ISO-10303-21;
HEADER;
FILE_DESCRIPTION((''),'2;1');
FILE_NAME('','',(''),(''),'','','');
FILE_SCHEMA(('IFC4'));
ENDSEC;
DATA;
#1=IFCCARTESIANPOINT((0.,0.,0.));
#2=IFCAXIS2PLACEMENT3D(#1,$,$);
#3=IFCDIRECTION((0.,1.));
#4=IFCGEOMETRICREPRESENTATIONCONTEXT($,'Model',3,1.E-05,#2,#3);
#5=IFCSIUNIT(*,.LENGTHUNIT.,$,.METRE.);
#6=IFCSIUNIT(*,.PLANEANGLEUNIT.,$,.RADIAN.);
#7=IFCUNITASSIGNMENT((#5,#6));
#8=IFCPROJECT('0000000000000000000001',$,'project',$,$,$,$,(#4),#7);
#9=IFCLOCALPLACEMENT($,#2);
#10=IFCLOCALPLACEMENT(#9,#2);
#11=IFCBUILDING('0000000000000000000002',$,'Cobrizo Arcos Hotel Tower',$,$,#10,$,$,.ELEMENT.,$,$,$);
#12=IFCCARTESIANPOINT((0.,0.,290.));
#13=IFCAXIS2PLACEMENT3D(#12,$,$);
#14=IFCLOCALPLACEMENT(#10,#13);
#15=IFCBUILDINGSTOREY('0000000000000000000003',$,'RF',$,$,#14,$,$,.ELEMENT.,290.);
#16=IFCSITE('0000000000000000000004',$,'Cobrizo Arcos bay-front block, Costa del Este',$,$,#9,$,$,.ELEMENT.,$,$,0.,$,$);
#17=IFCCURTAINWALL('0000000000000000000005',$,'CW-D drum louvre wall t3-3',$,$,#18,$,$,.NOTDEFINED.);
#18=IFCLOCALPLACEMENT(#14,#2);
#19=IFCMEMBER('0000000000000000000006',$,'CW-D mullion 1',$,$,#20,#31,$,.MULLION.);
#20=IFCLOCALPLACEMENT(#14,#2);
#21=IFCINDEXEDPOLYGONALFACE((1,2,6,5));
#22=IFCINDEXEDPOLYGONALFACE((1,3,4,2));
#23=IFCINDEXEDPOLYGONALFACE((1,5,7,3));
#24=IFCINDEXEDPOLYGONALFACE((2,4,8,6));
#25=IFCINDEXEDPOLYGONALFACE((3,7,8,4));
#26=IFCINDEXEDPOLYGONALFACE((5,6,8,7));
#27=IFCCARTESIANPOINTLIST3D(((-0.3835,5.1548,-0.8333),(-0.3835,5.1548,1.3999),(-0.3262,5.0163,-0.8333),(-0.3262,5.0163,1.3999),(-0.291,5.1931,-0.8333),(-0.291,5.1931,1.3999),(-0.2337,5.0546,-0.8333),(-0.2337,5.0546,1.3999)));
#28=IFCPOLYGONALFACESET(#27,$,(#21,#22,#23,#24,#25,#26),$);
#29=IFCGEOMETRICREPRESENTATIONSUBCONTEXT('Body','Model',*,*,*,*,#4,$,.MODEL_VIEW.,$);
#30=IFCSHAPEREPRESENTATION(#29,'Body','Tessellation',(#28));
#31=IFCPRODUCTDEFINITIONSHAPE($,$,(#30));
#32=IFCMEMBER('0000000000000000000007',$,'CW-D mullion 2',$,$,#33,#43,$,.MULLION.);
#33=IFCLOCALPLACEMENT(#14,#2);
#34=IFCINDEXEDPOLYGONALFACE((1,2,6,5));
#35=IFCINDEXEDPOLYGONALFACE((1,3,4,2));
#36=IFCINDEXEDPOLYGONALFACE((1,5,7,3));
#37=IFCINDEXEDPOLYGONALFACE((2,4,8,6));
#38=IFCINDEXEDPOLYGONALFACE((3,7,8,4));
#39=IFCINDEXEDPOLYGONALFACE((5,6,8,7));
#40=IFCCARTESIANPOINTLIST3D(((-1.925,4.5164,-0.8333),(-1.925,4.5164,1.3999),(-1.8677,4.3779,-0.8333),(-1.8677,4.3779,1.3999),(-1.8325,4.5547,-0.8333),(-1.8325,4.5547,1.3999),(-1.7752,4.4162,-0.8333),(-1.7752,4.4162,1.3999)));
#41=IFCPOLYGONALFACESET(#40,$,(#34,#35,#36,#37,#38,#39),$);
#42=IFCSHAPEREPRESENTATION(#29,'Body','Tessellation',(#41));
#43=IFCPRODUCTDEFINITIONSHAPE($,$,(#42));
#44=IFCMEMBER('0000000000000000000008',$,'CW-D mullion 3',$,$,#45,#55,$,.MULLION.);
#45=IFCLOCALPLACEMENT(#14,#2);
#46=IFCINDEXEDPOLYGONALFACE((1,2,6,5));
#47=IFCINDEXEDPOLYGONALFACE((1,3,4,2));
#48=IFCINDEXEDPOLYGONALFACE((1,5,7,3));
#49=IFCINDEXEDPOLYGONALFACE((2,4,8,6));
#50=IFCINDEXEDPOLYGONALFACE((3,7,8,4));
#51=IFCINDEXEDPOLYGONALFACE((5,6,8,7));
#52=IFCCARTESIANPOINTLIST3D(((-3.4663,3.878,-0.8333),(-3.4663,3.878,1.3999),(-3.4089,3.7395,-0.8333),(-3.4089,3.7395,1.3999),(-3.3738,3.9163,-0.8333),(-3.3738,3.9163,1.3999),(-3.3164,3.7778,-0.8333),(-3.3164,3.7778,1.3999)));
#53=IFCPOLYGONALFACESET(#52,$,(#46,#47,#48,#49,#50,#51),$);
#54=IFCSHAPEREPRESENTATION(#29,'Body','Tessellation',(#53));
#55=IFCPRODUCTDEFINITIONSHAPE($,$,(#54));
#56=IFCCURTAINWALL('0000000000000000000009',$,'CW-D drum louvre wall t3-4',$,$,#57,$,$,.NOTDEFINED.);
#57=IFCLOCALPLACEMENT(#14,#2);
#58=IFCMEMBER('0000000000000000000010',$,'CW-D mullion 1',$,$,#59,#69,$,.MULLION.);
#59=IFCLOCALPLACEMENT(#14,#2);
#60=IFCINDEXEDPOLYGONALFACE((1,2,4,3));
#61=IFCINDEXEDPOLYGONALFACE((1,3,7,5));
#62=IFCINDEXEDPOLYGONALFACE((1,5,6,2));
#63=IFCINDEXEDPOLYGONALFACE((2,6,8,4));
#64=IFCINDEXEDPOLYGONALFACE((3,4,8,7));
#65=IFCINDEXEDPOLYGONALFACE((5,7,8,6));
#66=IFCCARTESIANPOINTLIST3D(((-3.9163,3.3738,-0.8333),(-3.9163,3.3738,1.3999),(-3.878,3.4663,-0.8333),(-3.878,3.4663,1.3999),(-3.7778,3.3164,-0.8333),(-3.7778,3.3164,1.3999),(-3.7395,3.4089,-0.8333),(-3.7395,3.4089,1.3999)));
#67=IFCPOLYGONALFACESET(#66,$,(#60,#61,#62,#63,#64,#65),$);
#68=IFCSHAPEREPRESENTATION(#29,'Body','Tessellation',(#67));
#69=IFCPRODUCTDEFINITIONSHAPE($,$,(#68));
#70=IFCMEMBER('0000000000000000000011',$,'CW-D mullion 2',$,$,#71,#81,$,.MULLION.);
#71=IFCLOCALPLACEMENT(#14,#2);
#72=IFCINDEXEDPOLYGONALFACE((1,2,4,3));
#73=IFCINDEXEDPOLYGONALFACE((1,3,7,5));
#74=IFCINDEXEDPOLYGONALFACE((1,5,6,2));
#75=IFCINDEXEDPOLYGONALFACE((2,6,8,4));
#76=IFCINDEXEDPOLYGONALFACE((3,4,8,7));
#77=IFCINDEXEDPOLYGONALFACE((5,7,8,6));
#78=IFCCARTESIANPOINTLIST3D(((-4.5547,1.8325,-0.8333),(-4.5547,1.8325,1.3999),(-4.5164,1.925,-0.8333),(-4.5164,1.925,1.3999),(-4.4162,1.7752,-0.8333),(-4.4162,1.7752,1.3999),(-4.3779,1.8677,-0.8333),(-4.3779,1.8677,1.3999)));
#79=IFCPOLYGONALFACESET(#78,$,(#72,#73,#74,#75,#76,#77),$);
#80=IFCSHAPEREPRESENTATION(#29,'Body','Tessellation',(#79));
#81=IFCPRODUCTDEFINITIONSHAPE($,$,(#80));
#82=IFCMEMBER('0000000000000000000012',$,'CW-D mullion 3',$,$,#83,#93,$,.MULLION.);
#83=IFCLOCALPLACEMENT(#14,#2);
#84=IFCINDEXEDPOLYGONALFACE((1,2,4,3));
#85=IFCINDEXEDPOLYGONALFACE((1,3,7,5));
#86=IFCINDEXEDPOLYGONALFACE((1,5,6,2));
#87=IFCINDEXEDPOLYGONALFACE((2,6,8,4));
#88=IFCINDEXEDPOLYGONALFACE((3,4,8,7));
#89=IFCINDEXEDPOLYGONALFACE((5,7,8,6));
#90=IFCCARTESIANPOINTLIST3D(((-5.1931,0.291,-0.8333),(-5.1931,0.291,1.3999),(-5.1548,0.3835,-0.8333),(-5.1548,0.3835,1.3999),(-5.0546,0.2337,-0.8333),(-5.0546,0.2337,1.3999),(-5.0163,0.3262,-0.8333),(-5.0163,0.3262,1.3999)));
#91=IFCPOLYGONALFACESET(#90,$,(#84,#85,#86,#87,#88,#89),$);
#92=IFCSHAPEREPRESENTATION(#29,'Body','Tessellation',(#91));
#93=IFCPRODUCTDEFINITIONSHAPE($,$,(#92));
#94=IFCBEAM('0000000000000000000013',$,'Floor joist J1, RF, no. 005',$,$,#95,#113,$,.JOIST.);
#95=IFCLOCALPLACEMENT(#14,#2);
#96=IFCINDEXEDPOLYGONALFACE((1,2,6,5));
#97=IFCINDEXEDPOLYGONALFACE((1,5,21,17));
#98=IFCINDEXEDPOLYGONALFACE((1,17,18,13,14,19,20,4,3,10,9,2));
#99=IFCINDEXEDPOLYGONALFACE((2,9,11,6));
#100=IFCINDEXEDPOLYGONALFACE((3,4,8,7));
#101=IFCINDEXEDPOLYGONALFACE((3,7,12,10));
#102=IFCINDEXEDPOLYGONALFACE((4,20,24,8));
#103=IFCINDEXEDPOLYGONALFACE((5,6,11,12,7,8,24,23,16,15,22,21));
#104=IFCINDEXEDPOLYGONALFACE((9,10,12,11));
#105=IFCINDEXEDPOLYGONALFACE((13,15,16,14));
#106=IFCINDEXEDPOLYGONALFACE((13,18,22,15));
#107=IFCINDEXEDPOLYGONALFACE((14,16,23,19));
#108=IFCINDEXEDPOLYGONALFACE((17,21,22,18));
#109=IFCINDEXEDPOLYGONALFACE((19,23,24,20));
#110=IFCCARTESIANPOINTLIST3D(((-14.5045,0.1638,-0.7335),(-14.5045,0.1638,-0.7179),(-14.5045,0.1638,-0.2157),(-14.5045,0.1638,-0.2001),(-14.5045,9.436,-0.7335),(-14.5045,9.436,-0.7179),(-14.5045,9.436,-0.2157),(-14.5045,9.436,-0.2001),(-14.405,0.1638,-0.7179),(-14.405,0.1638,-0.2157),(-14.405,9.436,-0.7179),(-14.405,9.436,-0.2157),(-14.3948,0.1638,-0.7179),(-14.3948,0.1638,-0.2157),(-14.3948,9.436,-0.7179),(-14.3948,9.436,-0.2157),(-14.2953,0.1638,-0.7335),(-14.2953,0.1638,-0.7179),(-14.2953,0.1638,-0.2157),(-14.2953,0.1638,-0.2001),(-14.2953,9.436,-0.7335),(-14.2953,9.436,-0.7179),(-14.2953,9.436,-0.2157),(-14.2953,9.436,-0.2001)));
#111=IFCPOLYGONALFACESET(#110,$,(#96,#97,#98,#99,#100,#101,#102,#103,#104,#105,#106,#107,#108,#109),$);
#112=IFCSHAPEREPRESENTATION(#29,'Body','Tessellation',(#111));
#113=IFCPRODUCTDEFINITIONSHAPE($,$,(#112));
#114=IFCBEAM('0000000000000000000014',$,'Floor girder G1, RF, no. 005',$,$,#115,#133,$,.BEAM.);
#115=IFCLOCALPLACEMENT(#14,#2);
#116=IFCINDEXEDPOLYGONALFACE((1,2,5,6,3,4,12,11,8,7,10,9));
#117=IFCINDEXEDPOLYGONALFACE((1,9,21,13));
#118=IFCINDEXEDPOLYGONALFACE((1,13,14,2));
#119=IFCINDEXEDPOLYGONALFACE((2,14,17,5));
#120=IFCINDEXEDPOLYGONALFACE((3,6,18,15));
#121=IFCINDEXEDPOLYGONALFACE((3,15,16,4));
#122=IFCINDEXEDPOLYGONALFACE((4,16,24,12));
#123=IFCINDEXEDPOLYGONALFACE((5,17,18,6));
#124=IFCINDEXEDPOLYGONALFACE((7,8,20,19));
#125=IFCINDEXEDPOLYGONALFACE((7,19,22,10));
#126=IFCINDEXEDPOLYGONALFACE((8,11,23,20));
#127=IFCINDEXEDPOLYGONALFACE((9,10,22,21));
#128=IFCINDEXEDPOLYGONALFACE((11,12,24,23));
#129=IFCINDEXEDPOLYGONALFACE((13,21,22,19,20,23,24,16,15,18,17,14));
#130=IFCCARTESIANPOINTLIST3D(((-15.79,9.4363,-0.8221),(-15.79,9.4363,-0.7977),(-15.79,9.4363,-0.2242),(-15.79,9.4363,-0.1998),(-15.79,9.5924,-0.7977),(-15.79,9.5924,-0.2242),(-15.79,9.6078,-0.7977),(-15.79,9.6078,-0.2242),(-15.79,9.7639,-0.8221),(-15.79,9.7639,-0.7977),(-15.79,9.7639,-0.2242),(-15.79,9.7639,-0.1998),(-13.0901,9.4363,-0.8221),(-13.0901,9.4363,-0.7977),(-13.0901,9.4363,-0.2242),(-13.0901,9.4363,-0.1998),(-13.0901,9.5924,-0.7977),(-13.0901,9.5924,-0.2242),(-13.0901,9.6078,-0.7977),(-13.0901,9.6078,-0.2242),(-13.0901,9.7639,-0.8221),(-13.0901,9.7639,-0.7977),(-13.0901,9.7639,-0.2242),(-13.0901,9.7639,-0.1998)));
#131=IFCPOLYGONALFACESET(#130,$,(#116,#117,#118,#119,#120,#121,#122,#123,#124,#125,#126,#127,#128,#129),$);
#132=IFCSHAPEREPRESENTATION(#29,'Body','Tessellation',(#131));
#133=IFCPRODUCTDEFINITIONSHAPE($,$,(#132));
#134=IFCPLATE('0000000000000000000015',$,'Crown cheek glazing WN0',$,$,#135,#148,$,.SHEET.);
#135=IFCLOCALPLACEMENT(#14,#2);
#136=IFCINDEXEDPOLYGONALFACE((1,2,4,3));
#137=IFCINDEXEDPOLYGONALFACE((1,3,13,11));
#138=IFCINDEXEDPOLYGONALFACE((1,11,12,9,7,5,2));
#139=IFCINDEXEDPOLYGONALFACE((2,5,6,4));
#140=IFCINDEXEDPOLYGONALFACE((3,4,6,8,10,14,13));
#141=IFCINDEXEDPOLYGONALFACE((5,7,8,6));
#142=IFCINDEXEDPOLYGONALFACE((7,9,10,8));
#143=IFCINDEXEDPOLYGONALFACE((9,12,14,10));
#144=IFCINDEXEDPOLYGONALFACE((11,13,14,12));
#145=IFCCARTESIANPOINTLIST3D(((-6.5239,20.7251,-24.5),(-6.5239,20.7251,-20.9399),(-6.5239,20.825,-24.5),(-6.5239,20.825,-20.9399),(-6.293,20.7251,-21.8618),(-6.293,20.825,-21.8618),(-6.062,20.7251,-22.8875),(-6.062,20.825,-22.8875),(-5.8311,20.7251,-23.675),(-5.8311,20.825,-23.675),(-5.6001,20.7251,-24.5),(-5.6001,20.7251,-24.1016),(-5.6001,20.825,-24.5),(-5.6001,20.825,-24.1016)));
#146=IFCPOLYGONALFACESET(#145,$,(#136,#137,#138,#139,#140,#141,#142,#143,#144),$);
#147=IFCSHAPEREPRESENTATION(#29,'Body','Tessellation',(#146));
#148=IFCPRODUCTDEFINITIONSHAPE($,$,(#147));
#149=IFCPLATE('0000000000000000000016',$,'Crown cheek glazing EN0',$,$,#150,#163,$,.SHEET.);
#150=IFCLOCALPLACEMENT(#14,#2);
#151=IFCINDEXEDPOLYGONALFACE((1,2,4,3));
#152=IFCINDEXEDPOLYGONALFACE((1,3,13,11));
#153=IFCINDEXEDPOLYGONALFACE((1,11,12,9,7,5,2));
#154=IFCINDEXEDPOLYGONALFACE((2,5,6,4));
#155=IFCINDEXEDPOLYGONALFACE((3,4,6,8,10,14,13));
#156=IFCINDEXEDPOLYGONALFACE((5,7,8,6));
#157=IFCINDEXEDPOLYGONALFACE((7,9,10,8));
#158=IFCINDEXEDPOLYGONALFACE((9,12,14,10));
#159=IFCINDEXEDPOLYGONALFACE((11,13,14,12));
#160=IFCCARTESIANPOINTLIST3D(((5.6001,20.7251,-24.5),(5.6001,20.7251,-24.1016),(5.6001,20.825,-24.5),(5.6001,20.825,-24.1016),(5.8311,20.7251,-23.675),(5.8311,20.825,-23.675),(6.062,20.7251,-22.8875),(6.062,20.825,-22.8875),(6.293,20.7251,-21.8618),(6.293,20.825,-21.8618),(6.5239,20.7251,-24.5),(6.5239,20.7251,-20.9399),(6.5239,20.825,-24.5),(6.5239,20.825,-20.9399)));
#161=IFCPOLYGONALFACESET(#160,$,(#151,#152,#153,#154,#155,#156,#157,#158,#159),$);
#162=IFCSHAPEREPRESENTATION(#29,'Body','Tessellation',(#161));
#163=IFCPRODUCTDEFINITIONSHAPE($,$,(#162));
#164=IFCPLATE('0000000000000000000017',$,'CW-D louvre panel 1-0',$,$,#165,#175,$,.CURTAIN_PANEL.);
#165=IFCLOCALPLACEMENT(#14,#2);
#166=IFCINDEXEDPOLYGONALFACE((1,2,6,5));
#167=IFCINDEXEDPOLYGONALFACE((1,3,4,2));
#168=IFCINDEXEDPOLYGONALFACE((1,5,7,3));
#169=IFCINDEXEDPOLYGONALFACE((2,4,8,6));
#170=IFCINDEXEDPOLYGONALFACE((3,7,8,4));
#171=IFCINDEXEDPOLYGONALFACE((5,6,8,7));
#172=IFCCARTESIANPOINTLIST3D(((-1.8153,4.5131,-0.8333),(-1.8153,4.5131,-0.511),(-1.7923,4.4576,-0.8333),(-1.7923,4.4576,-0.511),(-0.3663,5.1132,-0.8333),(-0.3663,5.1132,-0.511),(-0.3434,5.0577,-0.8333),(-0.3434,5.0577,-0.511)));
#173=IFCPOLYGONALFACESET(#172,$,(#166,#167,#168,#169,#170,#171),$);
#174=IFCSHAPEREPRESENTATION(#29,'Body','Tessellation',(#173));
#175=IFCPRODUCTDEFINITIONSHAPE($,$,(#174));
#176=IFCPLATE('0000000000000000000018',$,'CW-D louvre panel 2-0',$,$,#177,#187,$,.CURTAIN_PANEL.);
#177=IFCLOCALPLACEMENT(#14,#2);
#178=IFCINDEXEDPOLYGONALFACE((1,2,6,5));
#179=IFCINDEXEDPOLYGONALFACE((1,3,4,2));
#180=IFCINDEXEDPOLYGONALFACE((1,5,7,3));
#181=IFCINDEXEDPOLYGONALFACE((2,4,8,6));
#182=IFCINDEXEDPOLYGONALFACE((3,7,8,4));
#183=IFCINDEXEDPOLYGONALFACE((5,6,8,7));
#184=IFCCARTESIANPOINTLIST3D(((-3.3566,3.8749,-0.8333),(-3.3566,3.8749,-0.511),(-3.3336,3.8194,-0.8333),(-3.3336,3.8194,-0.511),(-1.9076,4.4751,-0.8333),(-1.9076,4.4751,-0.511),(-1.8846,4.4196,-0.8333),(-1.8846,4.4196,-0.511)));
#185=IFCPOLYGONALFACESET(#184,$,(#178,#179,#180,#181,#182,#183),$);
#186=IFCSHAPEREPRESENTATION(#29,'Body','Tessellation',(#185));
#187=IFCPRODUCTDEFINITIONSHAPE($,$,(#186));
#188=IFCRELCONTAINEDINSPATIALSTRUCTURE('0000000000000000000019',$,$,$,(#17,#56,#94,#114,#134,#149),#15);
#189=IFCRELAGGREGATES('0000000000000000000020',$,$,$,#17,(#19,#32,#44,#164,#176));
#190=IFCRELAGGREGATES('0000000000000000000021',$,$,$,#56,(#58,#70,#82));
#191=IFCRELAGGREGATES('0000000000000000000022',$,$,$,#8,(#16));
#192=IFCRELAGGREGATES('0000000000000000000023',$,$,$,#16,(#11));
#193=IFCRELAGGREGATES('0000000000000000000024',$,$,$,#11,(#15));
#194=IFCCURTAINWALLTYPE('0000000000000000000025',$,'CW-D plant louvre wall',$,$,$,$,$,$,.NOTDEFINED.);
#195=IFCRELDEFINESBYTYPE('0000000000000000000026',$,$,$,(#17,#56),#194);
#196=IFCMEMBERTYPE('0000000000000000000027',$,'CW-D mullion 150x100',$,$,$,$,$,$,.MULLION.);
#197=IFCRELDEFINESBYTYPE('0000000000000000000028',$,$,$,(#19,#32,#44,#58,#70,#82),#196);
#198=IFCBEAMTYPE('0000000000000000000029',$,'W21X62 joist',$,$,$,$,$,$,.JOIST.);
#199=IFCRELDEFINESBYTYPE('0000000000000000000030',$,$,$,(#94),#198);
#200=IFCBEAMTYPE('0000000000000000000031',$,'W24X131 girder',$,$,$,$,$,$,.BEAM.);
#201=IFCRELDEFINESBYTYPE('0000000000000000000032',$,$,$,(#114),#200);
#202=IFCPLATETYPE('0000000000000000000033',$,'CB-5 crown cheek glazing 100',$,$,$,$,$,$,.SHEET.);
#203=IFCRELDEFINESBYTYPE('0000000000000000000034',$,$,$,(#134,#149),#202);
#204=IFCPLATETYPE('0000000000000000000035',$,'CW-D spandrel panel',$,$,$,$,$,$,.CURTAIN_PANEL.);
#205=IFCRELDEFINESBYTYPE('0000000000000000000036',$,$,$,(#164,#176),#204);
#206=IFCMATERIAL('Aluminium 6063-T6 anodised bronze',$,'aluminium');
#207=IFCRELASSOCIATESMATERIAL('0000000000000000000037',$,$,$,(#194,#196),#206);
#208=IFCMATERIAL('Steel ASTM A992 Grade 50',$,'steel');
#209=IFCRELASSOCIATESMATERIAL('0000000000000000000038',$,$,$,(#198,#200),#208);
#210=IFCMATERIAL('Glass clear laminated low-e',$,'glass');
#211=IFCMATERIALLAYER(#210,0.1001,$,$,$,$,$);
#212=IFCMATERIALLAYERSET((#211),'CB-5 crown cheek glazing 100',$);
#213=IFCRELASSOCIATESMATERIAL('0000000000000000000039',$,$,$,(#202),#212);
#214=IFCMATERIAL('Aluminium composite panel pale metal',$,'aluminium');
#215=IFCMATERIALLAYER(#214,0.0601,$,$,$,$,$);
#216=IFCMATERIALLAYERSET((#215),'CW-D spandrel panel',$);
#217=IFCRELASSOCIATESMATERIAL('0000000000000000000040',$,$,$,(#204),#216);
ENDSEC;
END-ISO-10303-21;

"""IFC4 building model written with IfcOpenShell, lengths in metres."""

from ifc_helpers import new_model, si_unit, direction, frame, origin, origin_2d, place, context, subcontext, project, spatial, polyline, rectangle, i_section, outline, extrude, material, layer, layer_set, material_profile, profile_set, type_object, element, aggregate, save


model = new_model("IFC4")

# Units and contexts
model_context = context("Model", 3, precision=1e-05, world=origin(), true_north=direction((0.0, 1.0)))
body_context = subcontext(model_context, "Body", "Model", "MODEL_VIEW")
ifc_project = project(units=[si_unit("LENGTHUNIT", "METRE"), si_unit("PLANEANGLEUNIT", "RADIAN")], contexts=[model_context])

# Site, building, storey
site_placement = place(None, origin())
site = spatial("IfcSite", under=ifc_project, at=site_placement, Name="Cobrizo Arcos bay-front block, Costa del Este", CompositionType="ELEMENT", RefElevation=0.0)
building_placement = place(site_placement, origin())
building = spatial("IfcBuilding", under=site, at=building_placement, Name="Cobrizo Arcos Hotel Tower", CompositionType="ELEMENT")
storey_placement = place(building_placement, frame((0.0, 0.0, 290.0)))
storey = spatial("IfcBuildingStorey", under=building, at=storey_placement, Name="RF", CompositionType="ELEMENT", Elevation=290.0)

# Curtain walls, members
ifc_material_1 = material(Name="Aluminium 6063-T6 anodised bronze", Category="aluminium")
curtain_wall_type = type_object("IfcCurtainWallType", Name="CW-D plant louvre wall", PredefinedType="NOTDEFINED", material=ifc_material_1)
curtain_wall_1_placement = place(storey_placement, origin())
curtain_wall_1 = element("IfcCurtainWall", 1, at=curtain_wall_1_placement, inside=storey, type_object=curtain_wall_type, Name="CW-D drum louvre wall t3-3", PredefinedType="NOTDEFINED")
ifc_material_profile_1 = material_profile(ifc_material_1, rectangle(XDim=0.1499, YDim=0.1001, at=origin_2d()), Name="CW-D mullion 150x100")
ifc_profile_set_1 = profile_set([ifc_material_profile_1], Name="Aluminium 6063-T6 anodised bronze")
member_type = type_object("IfcMemberType", Name="CW-D mullion 150x100", PredefinedType="MULLION", material=ifc_profile_set_1)
member_1_placement = place(storey_placement, frame((-0.3086, 5.1047, -0.8333), z_axis=(0.0, 0.0, 1.0), x_axis=(-0.382683, 0.92388, 0.0)))
member_1 = element("IfcMember", 2, at=member_1_placement, type_object=member_type, Name="CW-D mullion 1", PredefinedType="MULLION", context=body_context, shape_type="SweptSolid", body=[
    extrude(rectangle(XDim=0.1499, YDim=0.1001, at=origin_2d()), origin(), (0.0, 0.0, 1.0), 2.2332),
])
member_2_placement = place(storey_placement, frame((-1.8501, 4.4663, -0.8333), z_axis=(0.0, 0.0, 1.0), x_axis=(-0.382683, 0.92388, 0.0)))
member_2 = element("IfcMember", 3, at=member_2_placement, type_object=member_type, Name="CW-D mullion 2", PredefinedType="MULLION", context=body_context, shape_type="SweptSolid", body=[
    extrude(rectangle(XDim=0.1499, YDim=0.1001, at=origin_2d()), origin(), (0.0, 0.0, 1.0), 2.2332),
])
member_3_placement = place(storey_placement, frame((-3.3914, 3.8279, -0.8333), z_axis=(0.0, 0.0, 1.0), x_axis=(-0.382683, 0.92388, 0.0)))
member_3 = element("IfcMember", 4, at=member_3_placement, type_object=member_type, Name="CW-D mullion 3", PredefinedType="MULLION", context=body_context, shape_type="SweptSolid", body=[
    extrude(rectangle(XDim=0.1499, YDim=0.1001, at=origin_2d()), origin(), (0.0, 0.0, 1.0), 2.2332),
])
curtain_wall_2_placement = place(storey_placement, origin())
curtain_wall_2 = element("IfcCurtainWall", 5, at=curtain_wall_2_placement, inside=storey, type_object=curtain_wall_type, Name="CW-D drum louvre wall t3-4", PredefinedType="NOTDEFINED")
member_4_placement = place(storey_placement, frame((-3.8279, 3.3914, -0.8333), z_axis=(0.0, 0.0, 1.0), x_axis=(-0.92388, 0.382683, 0.0)))
member_4 = element("IfcMember", 6, at=member_4_placement, type_object=member_type, Name="CW-D mullion 1", PredefinedType="MULLION", context=body_context, shape_type="SweptSolid", body=[
    extrude(rectangle(XDim=0.1499, YDim=0.1001, at=origin_2d()), origin(), (0.0, 0.0, 1.0), 2.2332),
])
member_5_placement = place(storey_placement, frame((-4.4663, 1.8501, -0.8333), z_axis=(0.0, 0.0, 1.0), x_axis=(-0.92388, 0.382683, 0.0)))
member_5 = element("IfcMember", 7, at=member_5_placement, type_object=member_type, Name="CW-D mullion 2", PredefinedType="MULLION", context=body_context, shape_type="SweptSolid", body=[
    extrude(rectangle(XDim=0.1499, YDim=0.1001, at=origin_2d()), origin(), (0.0, 0.0, 1.0), 2.2332),
])
member_6_placement = place(storey_placement, frame((-5.1047, 0.3086, -0.8333), z_axis=(0.0, 0.0, 1.0), x_axis=(-0.92388, 0.382683, 0.0)))
member_6 = element("IfcMember", 8, at=member_6_placement, type_object=member_type, Name="CW-D mullion 3", PredefinedType="MULLION", context=body_context, shape_type="SweptSolid", body=[
    extrude(rectangle(XDim=0.1499, YDim=0.1001, at=origin_2d()), origin(), (0.0, 0.0, 1.0), 2.2332),
])

# Beams
ifc_material_2 = material(Name="Steel ASTM A992 Grade 50", Category="steel")
ifc_material_profile_2 = material_profile(ifc_material_2, i_section(OverallWidth=0.2092, OverallDepth=0.5334, WebThickness=0.0103, FlangeThickness=0.0156, at=origin_2d()), Name="W21X62")
ifc_profile_set_2 = profile_set([ifc_material_profile_2], Name="Steel ASTM A992 Grade 50")
beam_type_1 = type_object("IfcBeamType", Name="W21X62 joist", PredefinedType="JOIST", material=ifc_profile_set_2)
beam_1_placement = place(storey_placement, frame((-14.3999, 0.1638, -0.4668), z_axis=(0.0, 1.0, 0.0), x_axis=(-1.0, 0.0, 0.0)))
element("IfcBeam", 9, at=beam_1_placement, inside=storey, type_object=beam_type_1, Name="Floor joist J1, RF, no. 005", PredefinedType="JOIST", context=body_context, shape_type="SweptSolid", body=[
    extrude(i_section(OverallWidth=0.2092, OverallDepth=0.5334, WebThickness=0.0103, FlangeThickness=0.0156, at=origin_2d()), origin(), (0.0, 0.0, 1.0), 9.2722),
])
ifc_material_profile_3 = material_profile(ifc_material_2, i_section(OverallWidth=0.3276, OverallDepth=0.6223, WebThickness=0.0154, FlangeThickness=0.0244, at=origin_2d()), Name="W24X131")
ifc_profile_set_3 = profile_set([ifc_material_profile_3], Name="Steel ASTM A992 Grade 50")
beam_type_2 = type_object("IfcBeamType", Name="W24X131 girder", PredefinedType="BEAM", material=ifc_profile_set_3)
beam_2_placement = place(storey_placement, frame((-15.79, 9.6001, -0.511), z_axis=(1.0, 0.0, 0.0), x_axis=(0.0, 1.0, 0.0)))
element("IfcBeam", 10, at=beam_2_placement, inside=storey, type_object=beam_type_2, Name="Floor girder G1, RF, no. 005", PredefinedType="BEAM", context=body_context, shape_type="SweptSolid", body=[
    extrude(i_section(OverallWidth=0.3276, OverallDepth=0.6223, WebThickness=0.0154, FlangeThickness=0.0244, at=origin_2d()), origin(), (0.0, 0.0, 1.0), 2.7),
])

# Plates
ifc_material_3 = material(Name="Glass clear laminated low-e", Category="glass")
ifc_layer_1 = layer(ifc_material_3, 0.1001)
ifc_layer_set_1 = layer_set([ifc_layer_1], Name="CB-5 crown cheek glazing 100")
plate_type_1 = type_object("IfcPlateType", Name="CB-5 crown cheek glazing 100", PredefinedType="SHEET", material=ifc_layer_set_1)
plate_1_placement = place(storey_placement, frame((0.0, 20.7251, -24.5), z_axis=(0.0, 1.0, 0.0), x_axis=(-1.0, 0.0, 0.0)))
element("IfcPlate", 11, at=plate_1_placement, inside=storey, type_object=plate_type_1, Name="Crown cheek glazing WN0", PredefinedType="SHEET", context=body_context, shape_type="SweptSolid", body=[
    extrude(outline(polyline([(6.5239, 0.0), (6.5239, 3.5601), (6.293, 2.6382), (6.062, 1.6125), (5.8311, 0.825), (5.6001, 0.3984), (5.6001, 0.0), (6.5239, 0.0)])), origin(), (0.0, 0.0, 1.0), 0.0999),
])
plate_2_placement = place(storey_placement, frame((0.0, 20.7251, -24.5), z_axis=(0.0, 1.0, 0.0), x_axis=(-1.0, 0.0, 0.0)))
element("IfcPlate", 12, at=plate_2_placement, inside=storey, type_object=plate_type_1, Name="Crown cheek glazing EN0", PredefinedType="SHEET", context=body_context, shape_type="SweptSolid", body=[
    extrude(outline(polyline([(-5.6001, 0.0), (-5.6001, 0.3984), (-5.8311, 0.825), (-6.062, 1.6125), (-6.293, 2.6382), (-6.5239, 3.5601), (-6.5239, 0.0), (-5.6001, 0.0)])), origin(), (0.0, 0.0, 1.0), 0.0999),
])

# Plates
ifc_material_4 = material(Name="Aluminium composite panel pale metal", Category="aluminium")
ifc_layer_2 = layer(ifc_material_4, 0.0601)
ifc_layer_set_2 = layer_set([ifc_layer_2], Name="CW-D spandrel panel")
plate_type_2 = type_object("IfcPlateType", Name="CW-D spandrel panel", PredefinedType="CURTAIN_PANEL", material=ifc_layer_set_2)
plate_3_placement = place(storey_placement, frame((-1.0793, 4.7854, -0.8333), z_axis=(0.0, 0.0, 1.0), x_axis=(-0.92388, -0.382683, 0.0)))
plate_3 = element("IfcPlate", 13, at=plate_3_placement, type_object=plate_type_2, Name="CW-D louvre panel 1-0", PredefinedType="CURTAIN_PANEL", context=body_context, shape_type="SweptSolid", body=[
    extrude(rectangle(XDim=1.5684, YDim=0.0601, at=origin_2d()), origin(), (0.0, 0.0, 1.0), 0.3223),
])
plate_4_placement = place(storey_placement, frame((-2.6206, 4.1472, -0.8333), z_axis=(0.0, 0.0, 1.0), x_axis=(-0.92388, -0.382683, 0.0)))
plate_4 = element("IfcPlate", 14, at=plate_4_placement, type_object=plate_type_2, Name="CW-D louvre panel 2-0", PredefinedType="CURTAIN_PANEL", context=body_context, shape_type="SweptSolid", body=[
    extrude(rectangle(XDim=1.5684, YDim=0.0601, at=origin_2d()), origin(), (0.0, 0.0, 1.0), 0.3223),
])
aggregate(curtain_wall_1, [member_1, member_2, member_3, plate_3, plate_4])
aggregate(curtain_wall_2, [member_4, member_5, member_6])

save(model, "model.ifc")
